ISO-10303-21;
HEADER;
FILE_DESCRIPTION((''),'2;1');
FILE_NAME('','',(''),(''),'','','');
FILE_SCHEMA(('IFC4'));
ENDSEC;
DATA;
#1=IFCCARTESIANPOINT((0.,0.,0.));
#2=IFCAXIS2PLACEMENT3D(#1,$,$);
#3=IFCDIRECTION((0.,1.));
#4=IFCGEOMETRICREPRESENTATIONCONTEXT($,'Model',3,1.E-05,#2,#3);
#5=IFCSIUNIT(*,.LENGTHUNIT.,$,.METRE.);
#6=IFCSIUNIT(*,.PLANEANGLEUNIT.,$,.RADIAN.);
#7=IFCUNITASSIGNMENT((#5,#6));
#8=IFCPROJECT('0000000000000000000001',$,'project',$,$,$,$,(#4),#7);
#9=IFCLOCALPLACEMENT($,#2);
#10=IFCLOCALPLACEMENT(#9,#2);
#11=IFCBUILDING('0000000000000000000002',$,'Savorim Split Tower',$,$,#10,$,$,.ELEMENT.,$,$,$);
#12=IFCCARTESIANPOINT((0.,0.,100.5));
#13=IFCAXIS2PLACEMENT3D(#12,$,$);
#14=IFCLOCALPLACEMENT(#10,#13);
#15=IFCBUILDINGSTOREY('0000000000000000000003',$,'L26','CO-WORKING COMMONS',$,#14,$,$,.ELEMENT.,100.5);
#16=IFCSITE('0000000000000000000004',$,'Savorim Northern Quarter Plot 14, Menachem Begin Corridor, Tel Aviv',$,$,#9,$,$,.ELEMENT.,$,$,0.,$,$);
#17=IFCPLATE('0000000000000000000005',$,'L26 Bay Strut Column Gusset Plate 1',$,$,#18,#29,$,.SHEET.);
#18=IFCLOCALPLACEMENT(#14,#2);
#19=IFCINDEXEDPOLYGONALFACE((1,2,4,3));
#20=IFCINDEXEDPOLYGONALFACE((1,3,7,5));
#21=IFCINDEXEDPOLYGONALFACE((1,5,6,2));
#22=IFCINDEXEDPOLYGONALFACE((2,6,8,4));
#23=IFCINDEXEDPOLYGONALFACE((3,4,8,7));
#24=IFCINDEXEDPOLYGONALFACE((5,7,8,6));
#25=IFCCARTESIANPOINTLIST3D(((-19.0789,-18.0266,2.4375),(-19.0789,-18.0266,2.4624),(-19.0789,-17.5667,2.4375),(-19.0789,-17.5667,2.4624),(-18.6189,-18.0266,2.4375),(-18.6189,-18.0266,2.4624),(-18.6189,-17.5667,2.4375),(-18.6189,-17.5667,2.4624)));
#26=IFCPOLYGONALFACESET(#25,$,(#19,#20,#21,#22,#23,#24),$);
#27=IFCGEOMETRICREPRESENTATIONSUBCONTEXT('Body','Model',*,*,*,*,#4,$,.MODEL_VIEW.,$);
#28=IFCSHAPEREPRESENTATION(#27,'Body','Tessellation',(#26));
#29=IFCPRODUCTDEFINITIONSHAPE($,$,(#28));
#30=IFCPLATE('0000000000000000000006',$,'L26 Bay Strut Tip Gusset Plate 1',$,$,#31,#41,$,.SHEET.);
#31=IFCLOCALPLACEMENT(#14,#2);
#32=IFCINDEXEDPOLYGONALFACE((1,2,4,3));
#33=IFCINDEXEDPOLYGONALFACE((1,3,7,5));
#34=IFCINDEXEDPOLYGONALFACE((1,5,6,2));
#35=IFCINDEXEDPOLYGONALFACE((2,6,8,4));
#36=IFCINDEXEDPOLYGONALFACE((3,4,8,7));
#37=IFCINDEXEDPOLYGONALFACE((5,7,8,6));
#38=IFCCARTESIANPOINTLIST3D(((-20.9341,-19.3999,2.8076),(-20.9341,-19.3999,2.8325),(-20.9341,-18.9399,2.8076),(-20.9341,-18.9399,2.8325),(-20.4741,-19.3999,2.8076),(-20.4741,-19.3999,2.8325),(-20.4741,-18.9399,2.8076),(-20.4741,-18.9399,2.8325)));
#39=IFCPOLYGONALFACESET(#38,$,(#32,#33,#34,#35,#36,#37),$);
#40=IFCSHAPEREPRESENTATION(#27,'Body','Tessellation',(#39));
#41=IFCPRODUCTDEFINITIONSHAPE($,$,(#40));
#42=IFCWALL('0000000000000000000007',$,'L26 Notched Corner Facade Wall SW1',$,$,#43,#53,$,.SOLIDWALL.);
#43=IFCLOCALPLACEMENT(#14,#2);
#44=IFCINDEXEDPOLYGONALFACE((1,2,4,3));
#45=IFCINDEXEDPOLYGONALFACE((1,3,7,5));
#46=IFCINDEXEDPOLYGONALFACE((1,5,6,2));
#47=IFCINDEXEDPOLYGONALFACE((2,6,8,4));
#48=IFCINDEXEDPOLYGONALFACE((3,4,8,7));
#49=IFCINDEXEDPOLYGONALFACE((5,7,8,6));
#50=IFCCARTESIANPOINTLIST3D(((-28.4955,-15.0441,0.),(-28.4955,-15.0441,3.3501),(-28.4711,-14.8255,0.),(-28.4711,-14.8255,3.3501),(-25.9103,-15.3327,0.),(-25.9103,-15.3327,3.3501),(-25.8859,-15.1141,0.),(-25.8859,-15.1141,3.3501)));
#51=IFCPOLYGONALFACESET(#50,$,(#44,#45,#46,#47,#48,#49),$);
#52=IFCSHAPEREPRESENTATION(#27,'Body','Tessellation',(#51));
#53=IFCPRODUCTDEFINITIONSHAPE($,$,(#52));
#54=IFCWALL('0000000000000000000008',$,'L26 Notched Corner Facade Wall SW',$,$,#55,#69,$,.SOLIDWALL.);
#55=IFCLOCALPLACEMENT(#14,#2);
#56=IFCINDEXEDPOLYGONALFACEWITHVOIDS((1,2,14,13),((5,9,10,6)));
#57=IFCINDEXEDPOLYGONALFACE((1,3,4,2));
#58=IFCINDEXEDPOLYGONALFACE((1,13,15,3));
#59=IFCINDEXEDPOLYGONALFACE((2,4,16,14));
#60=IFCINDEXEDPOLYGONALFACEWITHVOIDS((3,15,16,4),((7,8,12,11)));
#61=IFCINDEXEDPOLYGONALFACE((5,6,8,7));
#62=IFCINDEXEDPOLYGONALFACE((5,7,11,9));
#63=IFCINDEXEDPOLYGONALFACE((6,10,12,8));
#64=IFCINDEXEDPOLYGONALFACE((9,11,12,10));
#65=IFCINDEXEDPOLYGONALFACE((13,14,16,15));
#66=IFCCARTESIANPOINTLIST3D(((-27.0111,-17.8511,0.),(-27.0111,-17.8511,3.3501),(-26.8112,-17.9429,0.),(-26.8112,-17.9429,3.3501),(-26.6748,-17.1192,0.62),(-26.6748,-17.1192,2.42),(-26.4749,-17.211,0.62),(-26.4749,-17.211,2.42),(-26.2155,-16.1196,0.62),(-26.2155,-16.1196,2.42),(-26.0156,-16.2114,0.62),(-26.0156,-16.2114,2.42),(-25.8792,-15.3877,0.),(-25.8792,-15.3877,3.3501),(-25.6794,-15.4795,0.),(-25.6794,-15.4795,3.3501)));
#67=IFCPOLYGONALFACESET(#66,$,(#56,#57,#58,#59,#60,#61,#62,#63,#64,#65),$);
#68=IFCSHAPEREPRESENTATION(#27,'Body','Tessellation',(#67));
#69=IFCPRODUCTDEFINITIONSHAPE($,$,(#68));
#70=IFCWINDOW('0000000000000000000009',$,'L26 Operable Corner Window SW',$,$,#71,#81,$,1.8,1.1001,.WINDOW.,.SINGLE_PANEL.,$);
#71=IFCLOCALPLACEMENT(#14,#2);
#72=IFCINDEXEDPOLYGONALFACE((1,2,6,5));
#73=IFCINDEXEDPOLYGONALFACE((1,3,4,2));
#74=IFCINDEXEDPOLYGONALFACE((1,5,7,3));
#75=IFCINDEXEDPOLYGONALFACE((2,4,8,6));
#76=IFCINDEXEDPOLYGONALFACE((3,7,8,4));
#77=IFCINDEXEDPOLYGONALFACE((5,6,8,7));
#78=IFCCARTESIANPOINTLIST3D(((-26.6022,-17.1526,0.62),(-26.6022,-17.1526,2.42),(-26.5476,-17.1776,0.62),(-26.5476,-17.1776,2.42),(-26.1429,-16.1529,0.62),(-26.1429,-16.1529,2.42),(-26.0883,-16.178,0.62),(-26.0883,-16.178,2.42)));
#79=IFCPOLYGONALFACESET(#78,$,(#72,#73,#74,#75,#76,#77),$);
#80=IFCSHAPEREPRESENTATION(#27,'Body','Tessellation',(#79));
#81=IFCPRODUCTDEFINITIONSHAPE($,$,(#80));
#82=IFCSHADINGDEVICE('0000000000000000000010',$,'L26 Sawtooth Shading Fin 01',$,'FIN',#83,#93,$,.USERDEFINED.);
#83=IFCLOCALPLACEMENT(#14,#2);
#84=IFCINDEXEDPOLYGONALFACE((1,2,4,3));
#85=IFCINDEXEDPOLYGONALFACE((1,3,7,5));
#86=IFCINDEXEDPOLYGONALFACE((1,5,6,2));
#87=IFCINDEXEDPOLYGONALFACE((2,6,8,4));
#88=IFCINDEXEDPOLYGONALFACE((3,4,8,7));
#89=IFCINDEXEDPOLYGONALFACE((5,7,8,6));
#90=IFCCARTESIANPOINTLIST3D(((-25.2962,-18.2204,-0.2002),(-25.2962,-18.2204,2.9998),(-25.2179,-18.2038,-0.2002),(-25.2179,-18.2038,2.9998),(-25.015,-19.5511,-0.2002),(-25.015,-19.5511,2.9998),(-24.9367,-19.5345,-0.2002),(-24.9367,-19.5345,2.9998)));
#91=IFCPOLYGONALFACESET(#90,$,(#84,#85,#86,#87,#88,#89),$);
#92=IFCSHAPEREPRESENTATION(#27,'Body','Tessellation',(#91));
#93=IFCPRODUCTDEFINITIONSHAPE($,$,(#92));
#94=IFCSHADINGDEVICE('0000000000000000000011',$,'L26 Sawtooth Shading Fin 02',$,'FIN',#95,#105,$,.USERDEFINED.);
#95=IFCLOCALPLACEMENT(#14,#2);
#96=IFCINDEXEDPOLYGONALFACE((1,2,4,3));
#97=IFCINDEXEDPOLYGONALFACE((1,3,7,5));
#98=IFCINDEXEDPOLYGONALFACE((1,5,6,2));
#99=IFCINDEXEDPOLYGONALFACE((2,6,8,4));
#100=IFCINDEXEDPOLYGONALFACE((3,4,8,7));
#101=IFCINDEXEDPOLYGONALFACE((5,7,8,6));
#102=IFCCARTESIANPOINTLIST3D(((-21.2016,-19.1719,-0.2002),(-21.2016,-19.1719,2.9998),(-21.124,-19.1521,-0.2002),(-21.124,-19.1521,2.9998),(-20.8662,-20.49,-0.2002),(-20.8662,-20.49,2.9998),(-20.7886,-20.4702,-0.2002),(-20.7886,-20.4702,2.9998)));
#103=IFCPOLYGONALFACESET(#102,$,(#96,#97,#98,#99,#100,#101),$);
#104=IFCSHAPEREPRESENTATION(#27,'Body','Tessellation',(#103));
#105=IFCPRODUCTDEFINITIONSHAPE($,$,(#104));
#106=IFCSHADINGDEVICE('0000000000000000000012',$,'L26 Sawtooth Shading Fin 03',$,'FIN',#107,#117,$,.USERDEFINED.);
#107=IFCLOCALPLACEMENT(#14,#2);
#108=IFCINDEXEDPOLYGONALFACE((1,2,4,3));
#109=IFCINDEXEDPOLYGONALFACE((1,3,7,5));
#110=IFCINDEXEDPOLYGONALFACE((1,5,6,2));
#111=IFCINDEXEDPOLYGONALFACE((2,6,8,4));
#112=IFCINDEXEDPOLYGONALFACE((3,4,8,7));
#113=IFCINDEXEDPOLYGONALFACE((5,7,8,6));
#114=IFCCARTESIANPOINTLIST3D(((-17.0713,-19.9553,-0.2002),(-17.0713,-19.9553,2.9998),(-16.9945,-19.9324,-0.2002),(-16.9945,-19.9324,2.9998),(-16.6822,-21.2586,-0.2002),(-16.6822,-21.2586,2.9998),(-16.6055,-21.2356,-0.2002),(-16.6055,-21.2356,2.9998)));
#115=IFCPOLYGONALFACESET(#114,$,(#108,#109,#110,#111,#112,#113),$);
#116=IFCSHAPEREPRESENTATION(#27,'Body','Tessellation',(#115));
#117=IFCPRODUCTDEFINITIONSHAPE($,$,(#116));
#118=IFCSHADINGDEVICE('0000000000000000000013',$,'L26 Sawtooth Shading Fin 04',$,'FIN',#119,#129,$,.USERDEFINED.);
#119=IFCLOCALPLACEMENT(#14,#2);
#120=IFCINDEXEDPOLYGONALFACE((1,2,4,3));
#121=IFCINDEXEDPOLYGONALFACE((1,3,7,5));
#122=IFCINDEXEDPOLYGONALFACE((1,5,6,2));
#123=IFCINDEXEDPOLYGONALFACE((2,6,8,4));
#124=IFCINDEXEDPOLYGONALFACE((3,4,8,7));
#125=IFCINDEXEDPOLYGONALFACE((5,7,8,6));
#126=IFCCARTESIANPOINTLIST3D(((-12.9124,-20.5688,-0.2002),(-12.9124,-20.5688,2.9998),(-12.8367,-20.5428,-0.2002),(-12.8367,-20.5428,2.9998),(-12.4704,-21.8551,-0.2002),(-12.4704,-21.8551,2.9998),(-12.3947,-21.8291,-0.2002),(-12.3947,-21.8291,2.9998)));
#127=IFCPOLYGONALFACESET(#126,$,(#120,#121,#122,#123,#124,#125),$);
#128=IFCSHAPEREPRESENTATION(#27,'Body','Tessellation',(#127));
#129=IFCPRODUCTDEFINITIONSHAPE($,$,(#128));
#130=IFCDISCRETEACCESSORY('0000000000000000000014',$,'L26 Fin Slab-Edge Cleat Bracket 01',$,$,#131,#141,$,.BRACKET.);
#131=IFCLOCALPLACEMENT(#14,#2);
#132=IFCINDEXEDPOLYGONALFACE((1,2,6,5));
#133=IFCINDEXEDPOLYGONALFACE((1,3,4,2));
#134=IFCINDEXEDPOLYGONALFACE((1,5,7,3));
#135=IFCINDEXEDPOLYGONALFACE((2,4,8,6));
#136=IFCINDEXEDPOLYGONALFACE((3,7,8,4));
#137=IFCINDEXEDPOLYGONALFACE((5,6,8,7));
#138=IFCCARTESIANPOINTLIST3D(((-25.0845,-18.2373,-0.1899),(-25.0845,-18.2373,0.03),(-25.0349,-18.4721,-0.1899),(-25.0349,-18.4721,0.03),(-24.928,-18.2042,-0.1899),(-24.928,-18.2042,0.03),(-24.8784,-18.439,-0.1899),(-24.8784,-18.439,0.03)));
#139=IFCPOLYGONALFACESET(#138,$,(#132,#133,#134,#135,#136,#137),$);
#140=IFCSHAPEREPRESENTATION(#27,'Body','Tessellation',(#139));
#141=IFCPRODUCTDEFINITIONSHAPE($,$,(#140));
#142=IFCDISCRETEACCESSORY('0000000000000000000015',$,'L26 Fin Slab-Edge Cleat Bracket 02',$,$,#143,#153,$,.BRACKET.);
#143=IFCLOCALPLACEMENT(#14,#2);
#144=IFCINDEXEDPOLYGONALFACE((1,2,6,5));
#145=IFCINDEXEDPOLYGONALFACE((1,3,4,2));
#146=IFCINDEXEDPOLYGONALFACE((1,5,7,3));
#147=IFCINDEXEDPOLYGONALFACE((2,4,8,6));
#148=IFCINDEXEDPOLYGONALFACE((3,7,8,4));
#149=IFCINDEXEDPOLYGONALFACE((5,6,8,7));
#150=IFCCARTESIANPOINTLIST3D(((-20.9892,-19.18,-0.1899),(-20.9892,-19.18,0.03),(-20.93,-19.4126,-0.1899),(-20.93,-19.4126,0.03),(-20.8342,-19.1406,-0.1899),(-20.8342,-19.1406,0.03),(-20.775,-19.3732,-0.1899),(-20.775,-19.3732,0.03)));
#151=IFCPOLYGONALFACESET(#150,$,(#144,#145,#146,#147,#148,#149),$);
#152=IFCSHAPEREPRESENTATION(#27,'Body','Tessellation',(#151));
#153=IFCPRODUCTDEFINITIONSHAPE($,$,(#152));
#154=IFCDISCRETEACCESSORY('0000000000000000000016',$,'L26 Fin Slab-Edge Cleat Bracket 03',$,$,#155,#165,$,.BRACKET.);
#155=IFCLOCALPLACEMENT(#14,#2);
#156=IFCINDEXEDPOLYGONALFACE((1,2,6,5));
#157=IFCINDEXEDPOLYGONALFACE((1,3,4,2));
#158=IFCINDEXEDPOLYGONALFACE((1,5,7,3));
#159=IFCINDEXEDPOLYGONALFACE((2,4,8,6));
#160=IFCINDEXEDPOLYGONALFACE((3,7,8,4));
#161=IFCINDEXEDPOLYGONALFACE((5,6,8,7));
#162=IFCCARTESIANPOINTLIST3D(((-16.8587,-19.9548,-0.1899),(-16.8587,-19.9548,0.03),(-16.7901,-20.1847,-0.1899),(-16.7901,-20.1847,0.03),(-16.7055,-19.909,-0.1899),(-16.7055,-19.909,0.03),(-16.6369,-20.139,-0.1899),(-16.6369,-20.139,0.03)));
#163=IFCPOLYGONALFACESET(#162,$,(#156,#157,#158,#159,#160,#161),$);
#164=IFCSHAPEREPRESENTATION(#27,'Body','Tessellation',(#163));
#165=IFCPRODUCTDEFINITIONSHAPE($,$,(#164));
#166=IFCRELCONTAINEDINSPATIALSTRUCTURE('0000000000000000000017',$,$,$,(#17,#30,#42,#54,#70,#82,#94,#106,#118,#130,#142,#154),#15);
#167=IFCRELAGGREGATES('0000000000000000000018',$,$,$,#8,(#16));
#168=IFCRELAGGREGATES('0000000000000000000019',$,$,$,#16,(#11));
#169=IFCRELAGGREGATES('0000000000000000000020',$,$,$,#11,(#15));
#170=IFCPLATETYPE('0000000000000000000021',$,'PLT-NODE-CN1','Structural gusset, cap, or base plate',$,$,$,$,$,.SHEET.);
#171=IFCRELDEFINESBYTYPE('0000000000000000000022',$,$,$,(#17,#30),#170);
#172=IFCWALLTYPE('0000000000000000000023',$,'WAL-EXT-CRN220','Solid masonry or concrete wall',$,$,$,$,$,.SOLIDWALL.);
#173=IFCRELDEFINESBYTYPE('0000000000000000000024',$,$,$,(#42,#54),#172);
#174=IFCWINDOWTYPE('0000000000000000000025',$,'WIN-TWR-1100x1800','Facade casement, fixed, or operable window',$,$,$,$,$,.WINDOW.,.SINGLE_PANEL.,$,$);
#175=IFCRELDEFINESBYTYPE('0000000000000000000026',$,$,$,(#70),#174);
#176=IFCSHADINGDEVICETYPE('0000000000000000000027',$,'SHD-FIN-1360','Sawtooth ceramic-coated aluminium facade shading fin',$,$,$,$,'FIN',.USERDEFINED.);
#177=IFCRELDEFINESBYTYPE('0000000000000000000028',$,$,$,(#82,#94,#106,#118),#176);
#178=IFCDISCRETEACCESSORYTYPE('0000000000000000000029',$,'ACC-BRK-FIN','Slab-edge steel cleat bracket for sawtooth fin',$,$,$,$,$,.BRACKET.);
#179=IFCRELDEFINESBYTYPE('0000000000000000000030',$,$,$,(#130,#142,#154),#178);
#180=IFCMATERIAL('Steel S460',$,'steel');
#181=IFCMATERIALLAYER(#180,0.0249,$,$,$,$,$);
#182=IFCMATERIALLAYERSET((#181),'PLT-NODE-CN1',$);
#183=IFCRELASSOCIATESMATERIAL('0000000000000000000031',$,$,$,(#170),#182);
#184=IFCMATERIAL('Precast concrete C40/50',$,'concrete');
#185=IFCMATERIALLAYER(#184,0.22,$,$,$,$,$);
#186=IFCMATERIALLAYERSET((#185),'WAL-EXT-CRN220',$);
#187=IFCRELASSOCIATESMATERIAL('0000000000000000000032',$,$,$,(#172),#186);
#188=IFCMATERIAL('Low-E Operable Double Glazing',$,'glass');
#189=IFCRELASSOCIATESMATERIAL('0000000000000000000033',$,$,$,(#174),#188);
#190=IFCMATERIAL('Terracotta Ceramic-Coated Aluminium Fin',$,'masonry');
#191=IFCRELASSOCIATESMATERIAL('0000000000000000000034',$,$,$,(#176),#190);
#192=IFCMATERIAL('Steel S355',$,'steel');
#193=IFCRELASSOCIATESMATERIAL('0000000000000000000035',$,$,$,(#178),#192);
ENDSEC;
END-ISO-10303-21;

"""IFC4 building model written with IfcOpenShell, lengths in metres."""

from ifc_helpers import new_model, si_unit, direction, frame, frame_2d, origin, origin_2d, place, context, subcontext, project, spatial, rectangle, extrude, material, layer, layer_set, type_object, element, fill, save


model = new_model("IFC4")

# Units and contexts
model_context = context("Model", 3, precision=1e-05, world=origin(), true_north=direction((0.0, 1.0)))
body_context = subcontext(model_context, "Body", "Model", "MODEL_VIEW")
ifc_project = project(units=[si_unit("LENGTHUNIT", "METRE"), si_unit("PLANEANGLEUNIT", "RADIAN")], contexts=[model_context])

# Site, building, storey
site_placement = place(None, origin())
site = spatial("IfcSite", under=ifc_project, at=site_placement, Name="Savorim Northern Quarter Plot 14, Menachem Begin Corridor, Tel Aviv", CompositionType="ELEMENT", RefElevation=0.0)
building_placement = place(site_placement, origin())
building = spatial("IfcBuilding", under=site, at=building_placement, Name="Savorim Split Tower", CompositionType="ELEMENT")
storey_placement = place(building_placement, frame((0.0, 0.0, 100.5)))
storey = spatial("IfcBuildingStorey", under=building, at=storey_placement, Name="L26", Description="CO-WORKING COMMONS", CompositionType="ELEMENT", Elevation=100.5)

# Shared definitions
ifc_material_1 = material(Name="Steel S460", Category="steel")

# Shared definitions
ifc_material_2 = material(Name="Steel S355", Category="steel")

# Plates
ifc_layer_1 = layer(ifc_material_1, 0.0249)
ifc_layer_set_1 = layer_set([ifc_layer_1], Name="PLT-NODE-CN1")
plate_type_1 = type_object("IfcPlateType", Name="PLT-NODE-CN1", Description="Structural gusset, cap, or base plate", PredefinedType="SHEET", material=ifc_layer_set_1)
for number, where, z_axis, x_axis, name in (
    (1, (-18.8489, -17.7966, 2.4375), (0.0, 0.0, 1.0), (1.0, 0.0, 0.0), "L26 Bay Strut Column Gusset Plate 1"),
    (2, (-20.7041, -19.1699, 2.8076), (0.0, 0.0, 1.0), (1.0, 0.0, 0.0), "L26 Bay Strut Tip Gusset Plate 1"),
):
    element("IfcPlate", number, at=place(storey_placement, frame(where, z_axis=z_axis, x_axis=x_axis)), inside=storey, type_object=plate_type_1, Name=name, PredefinedType="SHEET", context=body_context, shape_type="SweptSolid", body=[
        extrude(rectangle(XDim=0.46, YDim=0.46, at=origin_2d()), origin(), (0.0, 0.0, 1.0), 0.0249),
    ])

# Wall
ifc_material_3 = material(Name="Precast concrete C40/50", Category="concrete")
ifc_layer_2 = layer(ifc_material_3, 0.22)
ifc_layer_set_2 = layer_set([ifc_layer_2], Name="WAL-EXT-CRN220")
wall_type = type_object("IfcWallType", Name="WAL-EXT-CRN220", Description="Solid masonry or concrete wall", PredefinedType="SOLIDWALL", material=ifc_layer_set_2)
wall_1_placement = place(storey_placement, frame((-25.8979, -15.2234, 0.0), z_axis=(0.0, 0.0, 1.0), x_axis=(-0.993828, 0.110936, 0.0)))
element("IfcWall", 3, at=wall_1_placement, inside=storey, type_object=wall_type, Name="L26 Notched Corner Facade Wall SW1", PredefinedType="SOLIDWALL", context=body_context, shape_type="SweptSolid", body=[
    extrude(rectangle(XDim=2.6013, YDim=0.22, at=frame_2d((1.3008, 0.0))), origin(), (0.0, 0.0, 1.0), 3.3501),
])

# Wall, opening, window
wall_2_placement = place(storey_placement, frame((-26.9111, -17.897, 0.0), z_axis=(0.0, 0.0, 1.0), x_axis=(0.417504, 0.908675, 0.0)))
wall_2 = element("IfcWall", 4, at=wall_2_placement, inside=storey, type_object=wall_type, Name="L26 Notched Corner Facade Wall SW", PredefinedType="SOLIDWALL", context=body_context, shape_type="SweptSolid", body=[
    extrude(rectangle(XDim=2.7109, YDim=0.22, at=frame_2d((1.3555, 0.0))), origin(), (0.0, 0.0, 1.0), 3.3501),
])
opening_placement = place(wall_2_placement, frame((0.8054, 0.0, 0.6201)))
opening = element("IfcOpeningElement", 5, at=opening_placement, cuts=wall_2, PredefinedType="OPENING", context=body_context, shape_type="SweptSolid", body=[
    extrude(rectangle(XDim=1.1001, YDim=1.8, at=frame_2d((0.55, 0.8999))), frame((0.0, 0.1199, 0.0), z_axis=(0.0, -1.0, 0.0), x_axis=(1.0, 0.0, 0.0)), (0.0, 0.0, 1.0), 0.24),
])
ifc_material_4 = material(Name="Low-E Operable Double Glazing", Category="glass")
window_type = type_object("IfcWindowType", Name="WIN-TWR-1100x1800", Description="Facade casement, fixed, or operable window", PartitioningType="SINGLE_PANEL", PredefinedType="WINDOW", material=ifc_material_4)
window_placement = place(opening_placement, origin())
window = element("IfcWindow", 6, at=window_placement, inside=storey, type_object=window_type, Name="L26 Operable Corner Window SW", OverallHeight=1.8, OverallWidth=1.1001, PartitioningType="SINGLE_PANEL", PredefinedType="WINDOW", context=body_context, shape_type="SweptSolid", body=[
    extrude(rectangle(XDim=1.1001, YDim=1.8, at=frame_2d((0.55, 0.8999))), frame((0.0, 0.03, 0.0), z_axis=(0.0, -1.0, 0.0), x_axis=(1.0, 0.0, 0.0)), (0.0, 0.0, 1.0), 0.0601),
])
fill(opening, window)

# Shading devices
ifc_material_5 = material(Name="Terracotta Ceramic-Coated Aluminium Fin", Category="masonry")
shading_device_type = type_object("IfcShadingDeviceType", Name="SHD-FIN-1360", Description="Sawtooth ceramic-coated aluminium facade shading fin", ElementType="FIN", PredefinedType="USERDEFINED", material=ifc_material_5)
for number, where, z_axis, x_axis, name in (
    (7, (-25.1165, -18.8774, -0.2002), (0.0, 0.0, 1.0), (0.206722, -0.9784, 0.0), "L26 Sawtooth Shading Fin 01"),
    (8, (-20.9951, -19.821, -0.2002), (0.0, 0.0, 1.0), (0.246581, -0.969122, 0.0), "L26 Sawtooth Shading Fin 02"),
    (9, (-16.8384, -20.5955, -0.2002), (0.0, 0.0, 1.0), (0.286026, -0.958222, 0.0), "L26 Sawtooth Shading Fin 03"),
    (10, (-12.6536, -21.199, -0.2002), (0.0, 0.0, 1.0), (0.324994, -0.945716, 0.0), "L26 Sawtooth Shading Fin 04"),
):
    element("IfcShadingDevice", number, at=place(storey_placement, frame(where, z_axis=z_axis, x_axis=x_axis)), inside=storey, type_object=shading_device_type, Name=name, ObjectType="FIN", PredefinedType="USERDEFINED", context=body_context, shape_type="SweptSolid", body=[
        extrude(rectangle(XDim=1.3601, YDim=0.0801, at=origin_2d()), origin(), (0.0, 0.0, 1.0), 3.2),
    ])

# Discrete accessories
discrete_accessory_type = type_object("IfcDiscreteAccessoryType", Name="ACC-BRK-FIN", Description="Slab-edge steel cleat bracket for sawtooth fin", PredefinedType="BRACKET", material=ifc_material_2)
for number, where, z_axis, x_axis, name in (
    (11, (-24.9814, -18.3381, -0.1899), (0.0, 0.0, 1.0), (0.206722, -0.9784, 0.0), "L26 Fin Slab-Edge Cleat Bracket 01"),
    (12, (-20.8821, -19.2766, -0.1899), (0.0, 0.0, 1.0), (0.246581, -0.969122, 0.0), "L26 Fin Slab-Edge Cleat Bracket 02"),
    (13, (-16.7478, -20.0469, -0.1899), (0.0, 0.0, 1.0), (0.286026, -0.958222, 0.0), "L26 Fin Slab-Edge Cleat Bracket 03"),
):
    element("IfcDiscreteAccessory", number, at=place(storey_placement, frame(where, z_axis=z_axis, x_axis=x_axis)), inside=storey, type_object=discrete_accessory_type, Name=name, PredefinedType="BRACKET", context=body_context, shape_type="SweptSolid", body=[
        extrude(rectangle(XDim=0.24, YDim=0.1599, at=origin_2d()), origin(), (0.0, 0.0, 1.0), 0.22),
    ])

save(model, "model.ifc")
